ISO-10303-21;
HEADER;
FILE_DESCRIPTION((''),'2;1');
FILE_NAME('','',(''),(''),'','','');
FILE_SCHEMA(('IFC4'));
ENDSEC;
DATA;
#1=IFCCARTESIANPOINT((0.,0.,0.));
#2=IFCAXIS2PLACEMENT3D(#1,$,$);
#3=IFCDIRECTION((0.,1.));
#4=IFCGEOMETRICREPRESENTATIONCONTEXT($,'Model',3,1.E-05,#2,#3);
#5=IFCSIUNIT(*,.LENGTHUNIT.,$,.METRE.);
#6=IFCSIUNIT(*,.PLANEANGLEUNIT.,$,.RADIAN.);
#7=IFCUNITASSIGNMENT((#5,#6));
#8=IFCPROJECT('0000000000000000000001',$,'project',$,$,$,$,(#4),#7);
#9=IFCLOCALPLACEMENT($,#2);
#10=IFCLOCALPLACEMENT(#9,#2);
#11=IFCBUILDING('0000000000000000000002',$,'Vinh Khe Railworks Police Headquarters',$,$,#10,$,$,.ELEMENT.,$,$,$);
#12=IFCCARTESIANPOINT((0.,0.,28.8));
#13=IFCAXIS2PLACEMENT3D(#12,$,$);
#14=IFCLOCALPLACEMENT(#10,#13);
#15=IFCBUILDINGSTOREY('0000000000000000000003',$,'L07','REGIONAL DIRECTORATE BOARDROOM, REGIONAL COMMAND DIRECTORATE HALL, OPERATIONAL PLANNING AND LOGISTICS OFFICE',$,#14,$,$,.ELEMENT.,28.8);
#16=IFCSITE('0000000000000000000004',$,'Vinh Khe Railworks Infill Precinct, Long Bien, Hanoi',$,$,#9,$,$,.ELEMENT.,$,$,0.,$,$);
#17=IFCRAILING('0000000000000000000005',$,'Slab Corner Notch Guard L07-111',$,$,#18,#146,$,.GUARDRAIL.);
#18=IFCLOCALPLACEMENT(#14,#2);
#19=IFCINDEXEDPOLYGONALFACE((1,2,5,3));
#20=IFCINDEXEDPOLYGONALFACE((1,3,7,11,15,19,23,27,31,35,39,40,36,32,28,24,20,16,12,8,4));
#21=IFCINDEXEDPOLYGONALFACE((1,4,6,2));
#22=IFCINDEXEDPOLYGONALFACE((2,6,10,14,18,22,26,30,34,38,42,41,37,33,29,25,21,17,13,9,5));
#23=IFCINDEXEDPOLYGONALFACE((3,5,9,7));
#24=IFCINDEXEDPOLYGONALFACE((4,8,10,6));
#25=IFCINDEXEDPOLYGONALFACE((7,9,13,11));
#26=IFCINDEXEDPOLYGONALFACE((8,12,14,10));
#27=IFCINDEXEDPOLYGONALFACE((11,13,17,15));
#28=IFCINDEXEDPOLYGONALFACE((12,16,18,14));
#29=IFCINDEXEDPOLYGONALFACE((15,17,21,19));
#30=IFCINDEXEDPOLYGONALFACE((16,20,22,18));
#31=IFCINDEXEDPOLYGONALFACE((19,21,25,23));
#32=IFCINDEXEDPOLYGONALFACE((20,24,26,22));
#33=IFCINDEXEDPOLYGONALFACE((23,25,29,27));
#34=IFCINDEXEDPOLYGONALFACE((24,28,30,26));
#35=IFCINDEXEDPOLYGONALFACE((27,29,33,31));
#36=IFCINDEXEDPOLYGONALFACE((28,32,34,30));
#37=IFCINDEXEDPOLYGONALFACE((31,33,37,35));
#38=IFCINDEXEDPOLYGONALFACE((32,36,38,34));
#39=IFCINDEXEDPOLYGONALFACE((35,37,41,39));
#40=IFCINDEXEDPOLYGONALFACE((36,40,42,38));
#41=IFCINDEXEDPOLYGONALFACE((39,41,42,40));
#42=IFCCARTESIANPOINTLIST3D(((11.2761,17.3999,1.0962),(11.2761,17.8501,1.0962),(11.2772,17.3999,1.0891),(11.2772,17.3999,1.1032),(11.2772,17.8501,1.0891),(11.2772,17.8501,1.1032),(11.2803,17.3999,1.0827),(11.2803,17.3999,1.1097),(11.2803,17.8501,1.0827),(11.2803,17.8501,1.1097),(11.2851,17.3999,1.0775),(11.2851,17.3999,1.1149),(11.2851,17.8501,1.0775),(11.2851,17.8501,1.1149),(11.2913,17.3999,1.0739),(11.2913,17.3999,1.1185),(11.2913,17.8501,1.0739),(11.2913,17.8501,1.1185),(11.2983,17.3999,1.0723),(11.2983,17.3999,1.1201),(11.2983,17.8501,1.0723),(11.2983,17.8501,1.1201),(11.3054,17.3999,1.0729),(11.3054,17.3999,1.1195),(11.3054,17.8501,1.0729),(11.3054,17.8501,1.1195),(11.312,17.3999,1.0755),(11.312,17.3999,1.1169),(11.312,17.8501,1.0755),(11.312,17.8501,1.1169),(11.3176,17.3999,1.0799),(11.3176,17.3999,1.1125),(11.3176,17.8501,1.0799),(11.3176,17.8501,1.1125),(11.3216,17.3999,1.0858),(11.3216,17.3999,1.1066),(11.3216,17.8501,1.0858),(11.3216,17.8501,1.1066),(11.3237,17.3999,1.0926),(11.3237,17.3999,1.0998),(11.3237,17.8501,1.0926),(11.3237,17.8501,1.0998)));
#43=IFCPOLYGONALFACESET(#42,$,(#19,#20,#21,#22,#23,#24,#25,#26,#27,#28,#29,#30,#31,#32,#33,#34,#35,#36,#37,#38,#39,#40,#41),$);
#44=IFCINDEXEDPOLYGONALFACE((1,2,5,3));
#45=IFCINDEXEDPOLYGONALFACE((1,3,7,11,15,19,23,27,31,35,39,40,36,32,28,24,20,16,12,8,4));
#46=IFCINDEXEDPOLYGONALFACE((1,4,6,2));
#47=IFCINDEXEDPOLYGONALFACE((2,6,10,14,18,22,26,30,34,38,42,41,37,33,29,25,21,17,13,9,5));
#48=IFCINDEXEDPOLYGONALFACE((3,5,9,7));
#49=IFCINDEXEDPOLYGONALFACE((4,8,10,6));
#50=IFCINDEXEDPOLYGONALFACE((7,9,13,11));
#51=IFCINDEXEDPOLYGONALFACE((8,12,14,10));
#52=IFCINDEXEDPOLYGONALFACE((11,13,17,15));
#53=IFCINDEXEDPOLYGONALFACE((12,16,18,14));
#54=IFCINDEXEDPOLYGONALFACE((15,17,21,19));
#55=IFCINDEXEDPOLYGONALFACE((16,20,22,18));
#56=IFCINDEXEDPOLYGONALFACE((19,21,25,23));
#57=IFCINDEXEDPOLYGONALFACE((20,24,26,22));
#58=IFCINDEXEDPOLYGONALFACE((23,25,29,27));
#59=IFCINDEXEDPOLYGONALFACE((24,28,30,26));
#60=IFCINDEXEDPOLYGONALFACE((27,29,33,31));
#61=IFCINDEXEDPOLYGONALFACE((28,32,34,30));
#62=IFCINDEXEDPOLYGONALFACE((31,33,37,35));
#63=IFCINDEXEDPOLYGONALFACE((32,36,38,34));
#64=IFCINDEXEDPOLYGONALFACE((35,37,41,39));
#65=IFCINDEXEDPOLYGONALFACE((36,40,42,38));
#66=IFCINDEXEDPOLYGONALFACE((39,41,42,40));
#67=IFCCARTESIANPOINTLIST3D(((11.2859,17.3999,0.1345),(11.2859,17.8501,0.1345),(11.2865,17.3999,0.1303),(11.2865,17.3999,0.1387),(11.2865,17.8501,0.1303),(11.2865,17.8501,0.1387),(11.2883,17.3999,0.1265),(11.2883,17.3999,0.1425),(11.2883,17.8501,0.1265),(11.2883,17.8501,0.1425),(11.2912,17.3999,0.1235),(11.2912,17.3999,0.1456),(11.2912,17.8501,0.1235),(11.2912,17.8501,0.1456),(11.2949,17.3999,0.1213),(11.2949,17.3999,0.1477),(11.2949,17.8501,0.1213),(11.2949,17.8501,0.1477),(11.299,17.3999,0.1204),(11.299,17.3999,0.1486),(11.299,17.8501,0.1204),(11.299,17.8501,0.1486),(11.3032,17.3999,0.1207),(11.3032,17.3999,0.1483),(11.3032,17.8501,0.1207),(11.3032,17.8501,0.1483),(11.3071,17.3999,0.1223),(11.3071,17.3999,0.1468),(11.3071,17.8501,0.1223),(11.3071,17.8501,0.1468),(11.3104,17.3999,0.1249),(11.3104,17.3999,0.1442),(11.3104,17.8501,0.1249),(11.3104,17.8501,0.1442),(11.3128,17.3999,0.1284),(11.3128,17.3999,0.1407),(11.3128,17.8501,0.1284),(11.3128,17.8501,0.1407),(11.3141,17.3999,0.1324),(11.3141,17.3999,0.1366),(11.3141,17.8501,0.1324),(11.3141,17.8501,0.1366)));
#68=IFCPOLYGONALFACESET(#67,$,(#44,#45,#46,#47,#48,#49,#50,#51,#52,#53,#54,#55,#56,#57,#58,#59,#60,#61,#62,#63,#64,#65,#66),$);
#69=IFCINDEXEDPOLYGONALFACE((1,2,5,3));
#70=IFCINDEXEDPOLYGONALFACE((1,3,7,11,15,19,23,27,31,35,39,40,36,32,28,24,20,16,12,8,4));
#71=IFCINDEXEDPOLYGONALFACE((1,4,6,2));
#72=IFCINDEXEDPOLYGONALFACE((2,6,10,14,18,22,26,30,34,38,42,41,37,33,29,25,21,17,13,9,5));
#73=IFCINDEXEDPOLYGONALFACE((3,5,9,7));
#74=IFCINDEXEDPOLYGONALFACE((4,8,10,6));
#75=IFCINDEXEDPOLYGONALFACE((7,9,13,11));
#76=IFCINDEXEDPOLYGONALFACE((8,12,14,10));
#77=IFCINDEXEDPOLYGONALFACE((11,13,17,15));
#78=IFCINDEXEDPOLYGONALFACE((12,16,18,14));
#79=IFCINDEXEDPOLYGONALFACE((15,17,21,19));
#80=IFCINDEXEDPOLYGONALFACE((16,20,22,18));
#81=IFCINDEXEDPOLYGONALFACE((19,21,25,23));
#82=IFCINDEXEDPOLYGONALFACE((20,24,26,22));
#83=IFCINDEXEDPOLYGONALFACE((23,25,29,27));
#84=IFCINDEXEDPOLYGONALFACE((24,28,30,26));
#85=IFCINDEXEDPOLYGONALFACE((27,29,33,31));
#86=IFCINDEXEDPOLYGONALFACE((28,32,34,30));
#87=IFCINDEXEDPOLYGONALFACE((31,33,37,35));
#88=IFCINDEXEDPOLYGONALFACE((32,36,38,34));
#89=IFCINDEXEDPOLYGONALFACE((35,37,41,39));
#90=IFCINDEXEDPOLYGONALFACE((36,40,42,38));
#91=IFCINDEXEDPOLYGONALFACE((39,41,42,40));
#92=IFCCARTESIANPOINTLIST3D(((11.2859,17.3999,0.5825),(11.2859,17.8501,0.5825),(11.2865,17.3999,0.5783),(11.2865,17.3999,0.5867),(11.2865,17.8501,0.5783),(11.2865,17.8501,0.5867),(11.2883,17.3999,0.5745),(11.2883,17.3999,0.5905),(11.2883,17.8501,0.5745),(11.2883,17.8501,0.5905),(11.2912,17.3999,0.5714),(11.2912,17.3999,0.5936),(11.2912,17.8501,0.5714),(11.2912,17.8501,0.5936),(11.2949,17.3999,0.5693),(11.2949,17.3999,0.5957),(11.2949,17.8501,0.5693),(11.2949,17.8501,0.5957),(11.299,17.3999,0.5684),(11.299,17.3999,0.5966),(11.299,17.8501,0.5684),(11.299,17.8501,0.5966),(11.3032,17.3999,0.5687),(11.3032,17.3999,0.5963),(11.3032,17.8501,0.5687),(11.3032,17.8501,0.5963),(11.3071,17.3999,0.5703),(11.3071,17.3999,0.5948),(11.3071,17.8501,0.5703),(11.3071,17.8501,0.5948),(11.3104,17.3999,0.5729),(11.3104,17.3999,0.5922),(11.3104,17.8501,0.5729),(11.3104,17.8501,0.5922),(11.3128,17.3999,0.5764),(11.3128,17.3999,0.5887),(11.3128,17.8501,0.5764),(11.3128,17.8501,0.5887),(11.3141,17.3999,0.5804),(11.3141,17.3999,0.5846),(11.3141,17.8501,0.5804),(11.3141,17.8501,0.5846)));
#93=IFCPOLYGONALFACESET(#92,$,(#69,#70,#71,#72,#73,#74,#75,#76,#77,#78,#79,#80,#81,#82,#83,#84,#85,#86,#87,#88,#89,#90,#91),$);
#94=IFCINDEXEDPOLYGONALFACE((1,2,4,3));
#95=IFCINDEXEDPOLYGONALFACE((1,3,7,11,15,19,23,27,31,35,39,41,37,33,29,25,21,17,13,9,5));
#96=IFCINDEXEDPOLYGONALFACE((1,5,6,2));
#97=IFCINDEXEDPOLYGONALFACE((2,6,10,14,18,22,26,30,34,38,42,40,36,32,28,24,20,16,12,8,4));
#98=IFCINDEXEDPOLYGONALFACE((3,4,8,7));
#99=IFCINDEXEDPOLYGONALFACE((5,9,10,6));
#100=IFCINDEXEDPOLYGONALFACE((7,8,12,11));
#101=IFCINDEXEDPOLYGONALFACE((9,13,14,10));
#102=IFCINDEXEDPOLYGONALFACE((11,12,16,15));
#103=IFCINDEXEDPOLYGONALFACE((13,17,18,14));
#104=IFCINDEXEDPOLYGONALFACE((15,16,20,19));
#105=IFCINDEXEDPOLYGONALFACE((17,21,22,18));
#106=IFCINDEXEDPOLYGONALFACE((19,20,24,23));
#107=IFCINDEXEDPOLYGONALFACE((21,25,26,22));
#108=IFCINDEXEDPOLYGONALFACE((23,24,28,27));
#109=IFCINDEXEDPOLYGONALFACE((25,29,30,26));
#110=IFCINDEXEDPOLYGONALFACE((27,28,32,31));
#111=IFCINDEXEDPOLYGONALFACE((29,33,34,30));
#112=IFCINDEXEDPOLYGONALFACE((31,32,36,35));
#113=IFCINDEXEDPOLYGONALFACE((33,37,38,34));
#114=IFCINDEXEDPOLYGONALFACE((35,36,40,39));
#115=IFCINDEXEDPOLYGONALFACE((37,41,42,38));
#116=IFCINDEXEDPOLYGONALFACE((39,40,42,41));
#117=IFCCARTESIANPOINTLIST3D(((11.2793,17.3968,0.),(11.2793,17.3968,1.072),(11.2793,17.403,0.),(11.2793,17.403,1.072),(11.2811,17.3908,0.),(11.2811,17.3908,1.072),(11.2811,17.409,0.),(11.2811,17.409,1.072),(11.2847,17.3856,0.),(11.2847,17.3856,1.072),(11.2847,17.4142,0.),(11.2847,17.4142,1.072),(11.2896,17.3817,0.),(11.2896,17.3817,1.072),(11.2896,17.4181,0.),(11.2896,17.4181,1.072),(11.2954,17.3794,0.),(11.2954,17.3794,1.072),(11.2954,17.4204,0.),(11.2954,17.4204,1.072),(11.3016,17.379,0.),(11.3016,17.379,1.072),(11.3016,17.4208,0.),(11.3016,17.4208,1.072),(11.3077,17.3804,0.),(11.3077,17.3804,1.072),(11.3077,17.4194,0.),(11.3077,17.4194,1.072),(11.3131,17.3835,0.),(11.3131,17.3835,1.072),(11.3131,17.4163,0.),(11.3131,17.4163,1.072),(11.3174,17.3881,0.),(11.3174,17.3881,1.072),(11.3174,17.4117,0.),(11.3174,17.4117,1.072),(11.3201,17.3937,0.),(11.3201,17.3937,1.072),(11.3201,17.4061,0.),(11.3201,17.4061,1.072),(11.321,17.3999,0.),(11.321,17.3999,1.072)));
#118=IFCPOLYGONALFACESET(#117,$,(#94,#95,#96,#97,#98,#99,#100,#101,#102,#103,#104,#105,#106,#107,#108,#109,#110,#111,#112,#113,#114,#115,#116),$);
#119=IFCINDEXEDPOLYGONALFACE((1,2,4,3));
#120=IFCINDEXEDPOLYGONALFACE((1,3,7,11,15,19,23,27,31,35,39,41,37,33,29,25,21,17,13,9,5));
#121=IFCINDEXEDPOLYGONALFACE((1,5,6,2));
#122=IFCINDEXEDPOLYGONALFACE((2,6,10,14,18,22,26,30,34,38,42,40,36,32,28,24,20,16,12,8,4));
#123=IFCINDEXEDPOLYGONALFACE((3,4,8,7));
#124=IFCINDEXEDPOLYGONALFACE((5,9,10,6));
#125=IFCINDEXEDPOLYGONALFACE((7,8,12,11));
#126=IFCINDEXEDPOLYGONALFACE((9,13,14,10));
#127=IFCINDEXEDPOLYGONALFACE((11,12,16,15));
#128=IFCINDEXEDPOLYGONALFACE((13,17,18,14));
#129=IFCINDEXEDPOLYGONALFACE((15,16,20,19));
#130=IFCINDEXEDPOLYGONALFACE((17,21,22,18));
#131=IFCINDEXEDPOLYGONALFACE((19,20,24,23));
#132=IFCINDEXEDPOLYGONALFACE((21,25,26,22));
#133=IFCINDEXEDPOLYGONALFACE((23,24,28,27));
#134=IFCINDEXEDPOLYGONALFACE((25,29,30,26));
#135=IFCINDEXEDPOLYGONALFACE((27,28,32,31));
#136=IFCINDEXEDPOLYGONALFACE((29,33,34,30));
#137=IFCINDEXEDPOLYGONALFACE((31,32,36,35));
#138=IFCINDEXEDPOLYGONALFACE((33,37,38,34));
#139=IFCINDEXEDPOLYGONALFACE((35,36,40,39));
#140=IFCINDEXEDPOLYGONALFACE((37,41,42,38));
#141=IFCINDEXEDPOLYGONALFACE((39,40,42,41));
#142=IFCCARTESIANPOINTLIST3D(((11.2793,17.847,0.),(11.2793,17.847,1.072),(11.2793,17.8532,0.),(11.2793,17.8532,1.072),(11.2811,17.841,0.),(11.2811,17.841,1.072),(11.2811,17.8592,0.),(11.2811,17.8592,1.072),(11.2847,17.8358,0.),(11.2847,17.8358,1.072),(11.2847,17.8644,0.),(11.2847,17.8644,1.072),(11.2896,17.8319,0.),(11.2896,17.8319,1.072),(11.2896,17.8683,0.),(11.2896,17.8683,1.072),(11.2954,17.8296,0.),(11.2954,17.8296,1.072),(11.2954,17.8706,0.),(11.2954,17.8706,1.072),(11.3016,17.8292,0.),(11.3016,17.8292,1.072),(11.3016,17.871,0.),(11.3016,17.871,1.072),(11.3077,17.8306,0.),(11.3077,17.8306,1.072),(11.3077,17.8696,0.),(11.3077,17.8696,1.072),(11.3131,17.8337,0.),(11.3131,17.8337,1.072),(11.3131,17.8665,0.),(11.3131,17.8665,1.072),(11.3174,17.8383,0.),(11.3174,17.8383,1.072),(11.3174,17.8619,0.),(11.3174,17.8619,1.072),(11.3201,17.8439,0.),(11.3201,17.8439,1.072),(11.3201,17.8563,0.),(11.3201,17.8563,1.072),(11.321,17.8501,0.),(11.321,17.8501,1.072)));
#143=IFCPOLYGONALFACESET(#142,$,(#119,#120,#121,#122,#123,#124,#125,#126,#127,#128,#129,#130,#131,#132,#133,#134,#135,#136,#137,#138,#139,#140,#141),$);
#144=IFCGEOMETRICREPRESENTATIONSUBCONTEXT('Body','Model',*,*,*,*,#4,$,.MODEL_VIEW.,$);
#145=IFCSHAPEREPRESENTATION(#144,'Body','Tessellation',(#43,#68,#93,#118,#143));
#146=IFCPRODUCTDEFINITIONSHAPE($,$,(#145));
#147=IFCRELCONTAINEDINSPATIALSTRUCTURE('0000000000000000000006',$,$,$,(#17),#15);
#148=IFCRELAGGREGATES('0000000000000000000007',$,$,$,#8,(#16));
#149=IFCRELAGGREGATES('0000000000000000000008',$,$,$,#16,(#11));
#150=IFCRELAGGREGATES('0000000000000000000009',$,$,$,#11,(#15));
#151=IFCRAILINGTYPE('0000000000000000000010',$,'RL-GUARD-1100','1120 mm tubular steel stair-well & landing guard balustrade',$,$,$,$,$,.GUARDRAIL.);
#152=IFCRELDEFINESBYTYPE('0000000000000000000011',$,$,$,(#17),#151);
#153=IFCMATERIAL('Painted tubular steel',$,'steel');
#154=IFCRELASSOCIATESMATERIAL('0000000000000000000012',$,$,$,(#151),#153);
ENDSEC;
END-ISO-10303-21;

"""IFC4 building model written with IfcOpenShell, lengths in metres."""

from ifc_helpers import new_model, si_unit, direction, frame, origin, origin_2d, place, context, subcontext, project, spatial, circle, extrude, material, type_object, element, save


model = new_model("IFC4")

# Units and contexts
model_context = context("Model", 3, precision=1e-05, world=origin(), true_north=direction((0.0, 1.0)))
body_context = subcontext(model_context, "Body", "Model", "MODEL_VIEW")
ifc_project = project(units=[si_unit("LENGTHUNIT", "METRE"), si_unit("PLANEANGLEUNIT", "RADIAN")], contexts=[model_context])

# Site, building, storey
site_placement = place(None, origin())
site = spatial("IfcSite", under=ifc_project, at=site_placement, Name="Vinh Khe Railworks Infill Precinct, Long Bien, Hanoi", CompositionType="ELEMENT", RefElevation=0.0)
building_placement = place(site_placement, origin())
building = spatial("IfcBuilding", under=site, at=building_placement, Name="Vinh Khe Railworks Police Headquarters", CompositionType="ELEMENT")
storey_placement = place(building_placement, frame((0.0, 0.0, 28.8)))
storey = spatial("IfcBuildingStorey", under=building, at=storey_placement, Name="L07", Description="REGIONAL DIRECTORATE BOARDROOM, REGIONAL COMMAND DIRECTORATE HALL, OPERATIONAL PLANNING AND LOGISTICS OFFICE", CompositionType="ELEMENT", Elevation=28.8)

# Railing
ifc_material_1 = material(Name="Painted tubular steel", Category="steel")
railing_type = type_object("IfcRailingType", Name="RL-GUARD-1100", Description="1120 mm tubular steel stair-well & landing guard balustrade", PredefinedType="GUARDRAIL", material=ifc_material_1)
railing_1_placement = place(storey_placement, frame((11.3, 17.3999, 0.0)))
element("IfcRailing", 1, at=railing_1_placement, inside=storey, type_object=railing_type, Name="Slab Corner Notch Guard L07-111", PredefinedType="GUARDRAIL", context=body_context, shape_type="SweptSolid", body=[
    extrude(circle(Radius=0.0239, at=origin_2d()), frame((0.0, 0.0, 1.0962), z_axis=(0.0, 1.0, 0.0), x_axis=(-1.0, 0.0, 0.0)), (0.0, 0.0, 1.0), 0.4502),
    extrude(circle(Radius=0.0142, at=origin_2d()), frame((0.0, 0.0, 0.1345), z_axis=(0.0, 1.0, 0.0), x_axis=(-1.0, 0.0, 0.0)), (0.0, 0.0, 1.0), 0.4502),
    extrude(circle(Radius=0.0142, at=origin_2d()), frame((0.0, 0.0, 0.5825), z_axis=(0.0, 1.0, 0.0), x_axis=(-1.0, 0.0, 0.0)), (0.0, 0.0, 1.0), 0.4502),
    extrude(circle(Radius=0.021, at=origin_2d()), origin(), (0.0, 0.0, 1.0), 1.072),
    extrude(circle(Radius=0.021, at=origin_2d()), frame((0.0, 0.4502, 0.0)), (0.0, 0.0, 1.0), 1.072),
])

save(model, "model.ifc")
